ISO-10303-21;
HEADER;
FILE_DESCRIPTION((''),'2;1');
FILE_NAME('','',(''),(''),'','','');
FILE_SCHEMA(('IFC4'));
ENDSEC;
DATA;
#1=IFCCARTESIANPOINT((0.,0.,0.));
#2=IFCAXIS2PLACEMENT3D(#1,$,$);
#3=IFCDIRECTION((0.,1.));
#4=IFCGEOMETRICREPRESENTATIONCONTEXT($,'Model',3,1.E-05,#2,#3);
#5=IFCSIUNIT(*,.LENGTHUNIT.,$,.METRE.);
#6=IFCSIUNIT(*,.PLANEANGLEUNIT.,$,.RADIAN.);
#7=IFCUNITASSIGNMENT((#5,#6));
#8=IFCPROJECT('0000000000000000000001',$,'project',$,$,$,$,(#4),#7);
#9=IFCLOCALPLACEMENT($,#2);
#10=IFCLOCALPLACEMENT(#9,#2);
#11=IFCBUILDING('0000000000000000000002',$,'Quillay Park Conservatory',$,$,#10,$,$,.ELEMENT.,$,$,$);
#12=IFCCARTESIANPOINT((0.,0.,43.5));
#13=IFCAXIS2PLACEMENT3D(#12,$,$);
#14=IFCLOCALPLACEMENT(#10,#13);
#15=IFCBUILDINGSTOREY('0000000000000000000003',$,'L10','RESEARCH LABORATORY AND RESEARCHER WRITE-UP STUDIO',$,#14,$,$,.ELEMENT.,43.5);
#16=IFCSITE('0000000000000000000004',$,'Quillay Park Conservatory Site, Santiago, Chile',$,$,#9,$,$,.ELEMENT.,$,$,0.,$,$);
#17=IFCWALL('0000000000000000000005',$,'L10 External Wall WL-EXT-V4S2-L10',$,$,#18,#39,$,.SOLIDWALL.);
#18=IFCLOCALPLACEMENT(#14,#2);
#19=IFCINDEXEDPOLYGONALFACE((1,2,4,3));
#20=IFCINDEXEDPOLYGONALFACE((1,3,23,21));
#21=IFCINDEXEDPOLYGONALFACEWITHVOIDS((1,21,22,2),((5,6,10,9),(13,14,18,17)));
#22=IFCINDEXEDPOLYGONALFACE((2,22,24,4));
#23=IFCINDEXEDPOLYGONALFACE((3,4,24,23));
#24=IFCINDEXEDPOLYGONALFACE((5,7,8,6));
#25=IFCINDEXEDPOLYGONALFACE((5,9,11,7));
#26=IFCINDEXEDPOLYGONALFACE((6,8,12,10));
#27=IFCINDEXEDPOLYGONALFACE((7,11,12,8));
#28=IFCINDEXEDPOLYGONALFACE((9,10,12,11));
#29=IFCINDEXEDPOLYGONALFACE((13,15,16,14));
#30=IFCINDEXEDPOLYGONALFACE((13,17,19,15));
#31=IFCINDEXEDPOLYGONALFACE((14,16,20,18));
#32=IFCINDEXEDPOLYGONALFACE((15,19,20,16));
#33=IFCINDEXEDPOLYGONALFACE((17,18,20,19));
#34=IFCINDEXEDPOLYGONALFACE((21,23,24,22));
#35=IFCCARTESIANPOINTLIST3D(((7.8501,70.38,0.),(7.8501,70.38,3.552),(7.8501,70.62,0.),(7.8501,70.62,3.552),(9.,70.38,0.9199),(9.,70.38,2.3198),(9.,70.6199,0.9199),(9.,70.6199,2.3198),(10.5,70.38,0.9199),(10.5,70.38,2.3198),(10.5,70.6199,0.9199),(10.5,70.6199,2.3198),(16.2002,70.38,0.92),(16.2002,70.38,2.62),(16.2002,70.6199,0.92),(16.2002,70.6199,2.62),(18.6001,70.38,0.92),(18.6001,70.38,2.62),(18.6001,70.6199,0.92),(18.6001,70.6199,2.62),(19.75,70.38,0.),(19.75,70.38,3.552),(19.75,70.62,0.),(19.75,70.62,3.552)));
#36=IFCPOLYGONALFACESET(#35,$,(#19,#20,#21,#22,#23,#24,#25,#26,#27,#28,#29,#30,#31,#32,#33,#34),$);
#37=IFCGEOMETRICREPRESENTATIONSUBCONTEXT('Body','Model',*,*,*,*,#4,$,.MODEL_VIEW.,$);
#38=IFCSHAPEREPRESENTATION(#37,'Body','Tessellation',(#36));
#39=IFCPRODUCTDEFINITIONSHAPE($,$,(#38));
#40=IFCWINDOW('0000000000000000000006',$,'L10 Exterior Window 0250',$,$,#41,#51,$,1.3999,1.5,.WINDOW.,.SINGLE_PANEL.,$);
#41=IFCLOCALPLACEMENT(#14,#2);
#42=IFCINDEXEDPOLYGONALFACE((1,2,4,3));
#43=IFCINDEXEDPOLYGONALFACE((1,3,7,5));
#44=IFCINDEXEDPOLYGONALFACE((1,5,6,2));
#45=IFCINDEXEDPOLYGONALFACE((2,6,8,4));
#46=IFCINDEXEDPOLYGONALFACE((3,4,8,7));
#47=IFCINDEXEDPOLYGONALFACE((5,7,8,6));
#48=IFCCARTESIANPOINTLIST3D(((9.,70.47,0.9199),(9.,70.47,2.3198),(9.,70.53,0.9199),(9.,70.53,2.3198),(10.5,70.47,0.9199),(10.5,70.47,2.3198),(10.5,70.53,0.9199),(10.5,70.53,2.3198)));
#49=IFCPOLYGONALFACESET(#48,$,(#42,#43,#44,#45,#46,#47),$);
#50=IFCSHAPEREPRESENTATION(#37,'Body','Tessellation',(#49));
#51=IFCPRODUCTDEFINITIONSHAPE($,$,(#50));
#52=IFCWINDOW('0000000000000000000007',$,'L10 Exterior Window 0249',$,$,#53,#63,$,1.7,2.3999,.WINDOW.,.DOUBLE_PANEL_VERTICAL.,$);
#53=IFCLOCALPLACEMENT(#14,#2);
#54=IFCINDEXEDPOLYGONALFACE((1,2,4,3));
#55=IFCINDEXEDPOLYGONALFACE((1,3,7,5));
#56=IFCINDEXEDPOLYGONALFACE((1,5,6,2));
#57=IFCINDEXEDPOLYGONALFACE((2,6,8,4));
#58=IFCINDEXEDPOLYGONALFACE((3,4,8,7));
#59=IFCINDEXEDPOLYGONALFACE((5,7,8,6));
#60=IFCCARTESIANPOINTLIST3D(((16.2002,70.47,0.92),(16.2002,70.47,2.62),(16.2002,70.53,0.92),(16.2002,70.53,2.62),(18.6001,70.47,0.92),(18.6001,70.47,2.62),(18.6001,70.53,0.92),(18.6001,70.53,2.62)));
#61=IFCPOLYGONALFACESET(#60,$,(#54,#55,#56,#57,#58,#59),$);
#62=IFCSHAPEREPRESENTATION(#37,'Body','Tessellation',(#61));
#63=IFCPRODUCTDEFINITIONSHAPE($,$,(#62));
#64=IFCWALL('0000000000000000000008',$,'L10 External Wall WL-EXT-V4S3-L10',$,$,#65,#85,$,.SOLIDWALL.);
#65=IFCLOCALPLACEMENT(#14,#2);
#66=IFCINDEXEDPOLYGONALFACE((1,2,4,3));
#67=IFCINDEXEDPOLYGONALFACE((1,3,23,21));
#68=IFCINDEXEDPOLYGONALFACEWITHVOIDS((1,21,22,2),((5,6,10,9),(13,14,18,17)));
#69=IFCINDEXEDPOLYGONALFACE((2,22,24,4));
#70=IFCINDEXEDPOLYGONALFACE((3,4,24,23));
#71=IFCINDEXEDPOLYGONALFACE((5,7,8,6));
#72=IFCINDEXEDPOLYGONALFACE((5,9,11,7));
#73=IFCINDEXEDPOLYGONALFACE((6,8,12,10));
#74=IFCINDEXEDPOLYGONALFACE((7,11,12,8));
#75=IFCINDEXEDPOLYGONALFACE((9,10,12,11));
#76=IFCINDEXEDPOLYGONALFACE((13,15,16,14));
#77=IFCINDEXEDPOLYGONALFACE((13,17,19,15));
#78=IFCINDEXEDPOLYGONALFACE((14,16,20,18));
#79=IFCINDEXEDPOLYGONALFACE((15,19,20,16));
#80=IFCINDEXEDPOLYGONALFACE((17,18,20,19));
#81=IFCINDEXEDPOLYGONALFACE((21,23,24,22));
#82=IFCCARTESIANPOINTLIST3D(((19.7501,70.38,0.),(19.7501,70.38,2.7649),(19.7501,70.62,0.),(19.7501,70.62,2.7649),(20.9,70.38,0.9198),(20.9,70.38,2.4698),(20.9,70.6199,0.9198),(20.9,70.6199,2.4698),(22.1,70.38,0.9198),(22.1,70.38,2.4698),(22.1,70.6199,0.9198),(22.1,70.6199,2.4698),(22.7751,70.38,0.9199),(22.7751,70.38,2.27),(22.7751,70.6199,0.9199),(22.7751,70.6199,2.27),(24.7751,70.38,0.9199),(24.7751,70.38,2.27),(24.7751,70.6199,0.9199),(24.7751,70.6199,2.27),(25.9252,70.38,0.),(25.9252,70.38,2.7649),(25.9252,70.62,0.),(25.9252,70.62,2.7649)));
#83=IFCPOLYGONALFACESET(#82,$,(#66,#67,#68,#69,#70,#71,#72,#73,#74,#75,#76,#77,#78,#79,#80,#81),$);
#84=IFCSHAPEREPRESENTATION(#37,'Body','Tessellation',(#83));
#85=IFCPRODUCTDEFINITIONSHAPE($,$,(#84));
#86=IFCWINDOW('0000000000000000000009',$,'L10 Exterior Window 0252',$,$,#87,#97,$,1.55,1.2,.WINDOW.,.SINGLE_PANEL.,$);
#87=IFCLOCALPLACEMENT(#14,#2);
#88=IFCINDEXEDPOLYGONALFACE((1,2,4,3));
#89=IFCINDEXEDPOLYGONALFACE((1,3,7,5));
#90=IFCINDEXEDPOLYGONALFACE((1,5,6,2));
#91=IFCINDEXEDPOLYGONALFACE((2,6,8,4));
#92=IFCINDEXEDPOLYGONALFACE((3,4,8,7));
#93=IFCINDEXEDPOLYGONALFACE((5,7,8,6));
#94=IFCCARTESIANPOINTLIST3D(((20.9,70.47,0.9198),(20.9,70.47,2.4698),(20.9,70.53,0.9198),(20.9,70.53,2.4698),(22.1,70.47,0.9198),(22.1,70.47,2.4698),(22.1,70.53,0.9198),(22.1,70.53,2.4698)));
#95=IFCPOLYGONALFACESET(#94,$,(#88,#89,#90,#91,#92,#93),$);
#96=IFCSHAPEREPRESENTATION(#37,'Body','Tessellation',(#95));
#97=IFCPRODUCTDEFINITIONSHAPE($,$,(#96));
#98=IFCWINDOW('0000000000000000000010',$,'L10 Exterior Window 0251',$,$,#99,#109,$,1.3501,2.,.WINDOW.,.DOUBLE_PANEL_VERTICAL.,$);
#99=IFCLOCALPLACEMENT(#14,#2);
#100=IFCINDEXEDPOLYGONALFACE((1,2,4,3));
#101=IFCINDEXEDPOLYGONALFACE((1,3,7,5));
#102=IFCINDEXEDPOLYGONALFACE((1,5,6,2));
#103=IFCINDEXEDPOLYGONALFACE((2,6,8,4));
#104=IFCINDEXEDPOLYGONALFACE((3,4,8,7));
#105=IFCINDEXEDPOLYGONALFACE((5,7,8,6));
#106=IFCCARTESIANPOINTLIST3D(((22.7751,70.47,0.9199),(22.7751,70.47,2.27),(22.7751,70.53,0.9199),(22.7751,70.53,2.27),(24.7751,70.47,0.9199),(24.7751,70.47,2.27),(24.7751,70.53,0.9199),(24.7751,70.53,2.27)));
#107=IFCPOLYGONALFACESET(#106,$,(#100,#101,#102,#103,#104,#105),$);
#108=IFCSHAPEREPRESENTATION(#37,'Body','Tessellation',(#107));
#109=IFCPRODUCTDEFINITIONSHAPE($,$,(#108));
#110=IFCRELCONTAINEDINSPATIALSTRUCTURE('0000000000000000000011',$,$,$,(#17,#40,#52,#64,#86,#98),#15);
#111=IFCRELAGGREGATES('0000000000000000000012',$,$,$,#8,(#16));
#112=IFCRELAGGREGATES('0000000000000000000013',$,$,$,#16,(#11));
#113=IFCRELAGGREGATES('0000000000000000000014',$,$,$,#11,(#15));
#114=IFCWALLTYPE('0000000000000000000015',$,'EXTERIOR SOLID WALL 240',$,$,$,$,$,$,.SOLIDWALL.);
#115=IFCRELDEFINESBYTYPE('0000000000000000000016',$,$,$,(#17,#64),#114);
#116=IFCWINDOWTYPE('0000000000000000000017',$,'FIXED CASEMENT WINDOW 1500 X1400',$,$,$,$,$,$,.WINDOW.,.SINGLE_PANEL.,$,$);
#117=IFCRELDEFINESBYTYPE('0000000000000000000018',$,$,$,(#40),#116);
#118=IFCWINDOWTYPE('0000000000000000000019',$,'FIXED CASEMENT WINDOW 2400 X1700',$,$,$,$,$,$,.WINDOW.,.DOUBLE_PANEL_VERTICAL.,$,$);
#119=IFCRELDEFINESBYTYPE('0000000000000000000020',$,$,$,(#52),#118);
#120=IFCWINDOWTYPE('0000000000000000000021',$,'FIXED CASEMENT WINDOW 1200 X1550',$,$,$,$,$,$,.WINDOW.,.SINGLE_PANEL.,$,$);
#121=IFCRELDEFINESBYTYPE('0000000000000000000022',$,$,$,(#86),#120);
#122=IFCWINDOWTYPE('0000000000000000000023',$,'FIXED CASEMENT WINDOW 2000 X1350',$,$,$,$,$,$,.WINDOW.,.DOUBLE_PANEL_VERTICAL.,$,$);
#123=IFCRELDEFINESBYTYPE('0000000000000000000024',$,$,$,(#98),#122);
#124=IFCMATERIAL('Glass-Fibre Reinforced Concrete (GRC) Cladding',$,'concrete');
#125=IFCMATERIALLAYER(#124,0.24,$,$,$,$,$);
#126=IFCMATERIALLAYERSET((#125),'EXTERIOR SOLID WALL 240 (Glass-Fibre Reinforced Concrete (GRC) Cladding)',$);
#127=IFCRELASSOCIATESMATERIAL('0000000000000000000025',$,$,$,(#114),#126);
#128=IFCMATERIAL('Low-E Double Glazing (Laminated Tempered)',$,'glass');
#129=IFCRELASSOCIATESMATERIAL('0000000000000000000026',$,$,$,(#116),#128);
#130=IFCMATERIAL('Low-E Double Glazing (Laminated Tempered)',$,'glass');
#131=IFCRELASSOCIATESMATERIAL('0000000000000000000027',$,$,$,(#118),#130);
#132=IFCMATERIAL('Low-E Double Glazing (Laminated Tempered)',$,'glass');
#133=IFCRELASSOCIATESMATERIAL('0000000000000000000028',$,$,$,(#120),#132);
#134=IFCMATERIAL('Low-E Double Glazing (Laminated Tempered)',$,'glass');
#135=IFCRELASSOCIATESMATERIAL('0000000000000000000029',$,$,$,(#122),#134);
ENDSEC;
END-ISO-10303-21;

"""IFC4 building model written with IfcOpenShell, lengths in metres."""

from ifc_helpers import new_model, si_unit, direction, frame, frame_2d, origin, place, context, subcontext, project, spatial, rectangle, extrude, material, layer, layer_set, type_object, element, fill, save


model = new_model("IFC4")

# Units and contexts
model_context = context("Model", 3, precision=1e-05, world=origin(), true_north=direction((0.0, 1.0)))
body_context = subcontext(model_context, "Body", "Model", "MODEL_VIEW")
ifc_project = project(units=[si_unit("LENGTHUNIT", "METRE"), si_unit("PLANEANGLEUNIT", "RADIAN")], contexts=[model_context])

# Site, building, storey
site_placement = place(None, origin())
site = spatial("IfcSite", under=ifc_project, at=site_placement, Name="Quillay Park Conservatory Site, Santiago, Chile", CompositionType="ELEMENT", RefElevation=0.0)
building_placement = place(site_placement, origin())
building = spatial("IfcBuilding", under=site, at=building_placement, Name="Quillay Park Conservatory", CompositionType="ELEMENT")
storey_placement = place(building_placement, frame((0.0, 0.0, 43.5)))
storey = spatial("IfcBuildingStorey", under=building, at=storey_placement, Name="L10", Description="RESEARCH LABORATORY AND RESEARCHER WRITE-UP STUDIO", CompositionType="ELEMENT", Elevation=43.5)

# Walls, openings, windows
ifc_material_1 = material(Name="Glass-Fibre Reinforced Concrete (GRC) Cladding", Category="concrete")
ifc_layer_1 = layer(ifc_material_1, 0.24)
ifc_layer_set_1 = layer_set([ifc_layer_1], Name="EXTERIOR SOLID WALL 240 (Glass-Fibre Reinforced Concrete (GRC) Cladding)")
wall_type_1 = type_object("IfcWallType", Name="EXTERIOR SOLID WALL 240", PredefinedType="SOLIDWALL", material=ifc_layer_set_1)
wall_1_placement = place(storey_placement, frame((19.75, 70.5, 0.0), z_axis=(0.0, 0.0, 1.0), x_axis=(-1.0, 0.0, 0.0)))
wall_1 = element("IfcWall", 1, at=wall_1_placement, inside=storey, type_object=wall_type_1, Name="L10 External Wall WL-EXT-V4S2-L10", PredefinedType="SOLIDWALL", context=body_context, shape_type="SweptSolid", body=[
    extrude(rectangle(XDim=11.8999, YDim=0.24, at=frame_2d((5.95, 0.0))), origin(), (0.0, 0.0, 1.0), 3.552),
])
opening_1_placement = place(wall_1_placement, frame((1.1499, 0.0, 0.9199)))
opening_1 = element("IfcOpeningElement", 2, at=opening_1_placement, cuts=wall_1, PredefinedType="OPENING", context=body_context, shape_type="SweptSolid", body=[
    extrude(rectangle(XDim=2.3999, YDim=1.7, at=frame_2d((1.2, 0.8501))), frame((0.0, 0.1201, 0.0), z_axis=(0.0, -1.0, 0.0), x_axis=(1.0, 0.0, 0.0)), (0.0, 0.0, 1.0), 0.24),
])
opening_2_placement = place(wall_1_placement, frame((9.25, 0.0, 0.9199)))
opening_2 = element("IfcOpeningElement", 3, at=opening_2_placement, cuts=wall_1, PredefinedType="OPENING", context=body_context, shape_type="SweptSolid", body=[
    extrude(rectangle(XDim=1.5, YDim=1.3999, at=frame_2d((0.75, 0.7))), frame((0.0, 0.1201, 0.0), z_axis=(0.0, -1.0, 0.0), x_axis=(1.0, 0.0, 0.0)), (0.0, 0.0, 1.0), 0.24),
])
ifc_material_2 = material(Name="Low-E Double Glazing (Laminated Tempered)", Category="glass")
window_type_1 = type_object("IfcWindowType", Name="FIXED CASEMENT WINDOW 1500 X1400", PartitioningType="SINGLE_PANEL", PredefinedType="WINDOW", material=ifc_material_2)
window_1_placement = place(opening_2_placement, origin())
window_1 = element("IfcWindow", 4, at=window_1_placement, inside=storey, type_object=window_type_1, Name="L10 Exterior Window 0250", OverallHeight=1.3999, OverallWidth=1.5, PartitioningType="SINGLE_PANEL", PredefinedType="WINDOW", context=body_context, shape_type="SweptSolid", body=[
    extrude(rectangle(XDim=1.5, YDim=1.3999, at=frame_2d((0.75, 0.7))), frame((0.0, 0.03, 0.0), z_axis=(0.0, -1.0, 0.0), x_axis=(1.0, 0.0, 0.0)), (0.0, 0.0, 1.0), 0.0601),
])
fill(opening_2, window_1)
ifc_material_3 = material(Name="Low-E Double Glazing (Laminated Tempered)", Category="glass")
window_type_2 = type_object("IfcWindowType", Name="FIXED CASEMENT WINDOW 2400 X1700", PartitioningType="DOUBLE_PANEL_VERTICAL", PredefinedType="WINDOW", material=ifc_material_3)
window_2_placement = place(opening_1_placement, origin())
window_2 = element("IfcWindow", 5, at=window_2_placement, inside=storey, type_object=window_type_2, Name="L10 Exterior Window 0249", OverallHeight=1.7, OverallWidth=2.3999, PartitioningType="DOUBLE_PANEL_VERTICAL", PredefinedType="WINDOW", context=body_context, shape_type="SweptSolid", body=[
    extrude(rectangle(XDim=2.3999, YDim=1.7, at=frame_2d((1.2, 0.8501))), frame((0.0, 0.03, 0.0), z_axis=(0.0, -1.0, 0.0), x_axis=(1.0, 0.0, 0.0)), (0.0, 0.0, 1.0), 0.0601),
])
fill(opening_1, window_2)
wall_2_placement = place(storey_placement, frame((25.925, 70.5, 0.0), z_axis=(0.0, 0.0, 1.0), x_axis=(-1.0, 0.0, 0.0)))
wall_2 = element("IfcWall", 6, at=wall_2_placement, inside=storey, type_object=wall_type_1, Name="L10 External Wall WL-EXT-V4S3-L10", PredefinedType="SOLIDWALL", context=body_context, shape_type="SweptSolid", body=[
    extrude(rectangle(XDim=6.175, YDim=0.24, at=frame_2d((3.0874, 0.0))), origin(), (0.0, 0.0, 1.0), 2.7649),
])
opening_3_placement = place(wall_2_placement, frame((1.1499, 0.0, 0.9199)))
opening_3 = element("IfcOpeningElement", 7, at=opening_3_placement, cuts=wall_2, PredefinedType="OPENING", context=body_context, shape_type="SweptSolid", body=[
    extrude(rectangle(XDim=2.0, YDim=1.3501, at=frame_2d((1.0, 0.675))), frame((0.0, 0.1201, 0.0), z_axis=(0.0, -1.0, 0.0), x_axis=(1.0, 0.0, 0.0)), (0.0, 0.0, 1.0), 0.24),
])
opening_4_placement = place(wall_2_placement, frame((3.825, 0.0, 0.9199)))
opening_4 = element("IfcOpeningElement", 8, at=opening_4_placement, cuts=wall_2, PredefinedType="OPENING", context=body_context, shape_type="SweptSolid", body=[
    extrude(rectangle(XDim=1.2, YDim=1.55, at=frame_2d((0.6001, 0.7749))), frame((0.0, 0.1201, 0.0), z_axis=(0.0, -1.0, 0.0), x_axis=(1.0, 0.0, 0.0)), (0.0, 0.0, 1.0), 0.24),
])
ifc_material_4 = material(Name="Low-E Double Glazing (Laminated Tempered)", Category="glass")
window_type_3 = type_object("IfcWindowType", Name="FIXED CASEMENT WINDOW 1200 X1550", PartitioningType="SINGLE_PANEL", PredefinedType="WINDOW", material=ifc_material_4)
window_3_placement = place(opening_4_placement, origin())
window_3 = element("IfcWindow", 9, at=window_3_placement, inside=storey, type_object=window_type_3, Name="L10 Exterior Window 0252", OverallHeight=1.55, OverallWidth=1.2, PartitioningType="SINGLE_PANEL", PredefinedType="WINDOW", context=body_context, shape_type="SweptSolid", body=[
    extrude(rectangle(XDim=1.2, YDim=1.55, at=frame_2d((0.6001, 0.7749))), frame((0.0, 0.03, 0.0), z_axis=(0.0, -1.0, 0.0), x_axis=(1.0, 0.0, 0.0)), (0.0, 0.0, 1.0), 0.0601),
])
fill(opening_4, window_3)
ifc_material_5 = material(Name="Low-E Double Glazing (Laminated Tempered)", Category="glass")
window_type_4 = type_object("IfcWindowType", Name="FIXED CASEMENT WINDOW 2000 X1350", PartitioningType="DOUBLE_PANEL_VERTICAL", PredefinedType="WINDOW", material=ifc_material_5)
window_4_placement = place(opening_3_placement, origin())
window_4 = element("IfcWindow", 10, at=window_4_placement, inside=storey, type_object=window_type_4, Name="L10 Exterior Window 0251", OverallHeight=1.3501, OverallWidth=2.0, PartitioningType="DOUBLE_PANEL_VERTICAL", PredefinedType="WINDOW", context=body_context, shape_type="SweptSolid", body=[
    extrude(rectangle(XDim=2.0, YDim=1.3501, at=frame_2d((1.0, 0.675))), frame((0.0, 0.03, 0.0), z_axis=(0.0, -1.0, 0.0), x_axis=(1.0, 0.0, 0.0)), (0.0, 0.0, 1.0), 0.0601),
])
fill(opening_3, window_4)

save(model, "model.ifc")
